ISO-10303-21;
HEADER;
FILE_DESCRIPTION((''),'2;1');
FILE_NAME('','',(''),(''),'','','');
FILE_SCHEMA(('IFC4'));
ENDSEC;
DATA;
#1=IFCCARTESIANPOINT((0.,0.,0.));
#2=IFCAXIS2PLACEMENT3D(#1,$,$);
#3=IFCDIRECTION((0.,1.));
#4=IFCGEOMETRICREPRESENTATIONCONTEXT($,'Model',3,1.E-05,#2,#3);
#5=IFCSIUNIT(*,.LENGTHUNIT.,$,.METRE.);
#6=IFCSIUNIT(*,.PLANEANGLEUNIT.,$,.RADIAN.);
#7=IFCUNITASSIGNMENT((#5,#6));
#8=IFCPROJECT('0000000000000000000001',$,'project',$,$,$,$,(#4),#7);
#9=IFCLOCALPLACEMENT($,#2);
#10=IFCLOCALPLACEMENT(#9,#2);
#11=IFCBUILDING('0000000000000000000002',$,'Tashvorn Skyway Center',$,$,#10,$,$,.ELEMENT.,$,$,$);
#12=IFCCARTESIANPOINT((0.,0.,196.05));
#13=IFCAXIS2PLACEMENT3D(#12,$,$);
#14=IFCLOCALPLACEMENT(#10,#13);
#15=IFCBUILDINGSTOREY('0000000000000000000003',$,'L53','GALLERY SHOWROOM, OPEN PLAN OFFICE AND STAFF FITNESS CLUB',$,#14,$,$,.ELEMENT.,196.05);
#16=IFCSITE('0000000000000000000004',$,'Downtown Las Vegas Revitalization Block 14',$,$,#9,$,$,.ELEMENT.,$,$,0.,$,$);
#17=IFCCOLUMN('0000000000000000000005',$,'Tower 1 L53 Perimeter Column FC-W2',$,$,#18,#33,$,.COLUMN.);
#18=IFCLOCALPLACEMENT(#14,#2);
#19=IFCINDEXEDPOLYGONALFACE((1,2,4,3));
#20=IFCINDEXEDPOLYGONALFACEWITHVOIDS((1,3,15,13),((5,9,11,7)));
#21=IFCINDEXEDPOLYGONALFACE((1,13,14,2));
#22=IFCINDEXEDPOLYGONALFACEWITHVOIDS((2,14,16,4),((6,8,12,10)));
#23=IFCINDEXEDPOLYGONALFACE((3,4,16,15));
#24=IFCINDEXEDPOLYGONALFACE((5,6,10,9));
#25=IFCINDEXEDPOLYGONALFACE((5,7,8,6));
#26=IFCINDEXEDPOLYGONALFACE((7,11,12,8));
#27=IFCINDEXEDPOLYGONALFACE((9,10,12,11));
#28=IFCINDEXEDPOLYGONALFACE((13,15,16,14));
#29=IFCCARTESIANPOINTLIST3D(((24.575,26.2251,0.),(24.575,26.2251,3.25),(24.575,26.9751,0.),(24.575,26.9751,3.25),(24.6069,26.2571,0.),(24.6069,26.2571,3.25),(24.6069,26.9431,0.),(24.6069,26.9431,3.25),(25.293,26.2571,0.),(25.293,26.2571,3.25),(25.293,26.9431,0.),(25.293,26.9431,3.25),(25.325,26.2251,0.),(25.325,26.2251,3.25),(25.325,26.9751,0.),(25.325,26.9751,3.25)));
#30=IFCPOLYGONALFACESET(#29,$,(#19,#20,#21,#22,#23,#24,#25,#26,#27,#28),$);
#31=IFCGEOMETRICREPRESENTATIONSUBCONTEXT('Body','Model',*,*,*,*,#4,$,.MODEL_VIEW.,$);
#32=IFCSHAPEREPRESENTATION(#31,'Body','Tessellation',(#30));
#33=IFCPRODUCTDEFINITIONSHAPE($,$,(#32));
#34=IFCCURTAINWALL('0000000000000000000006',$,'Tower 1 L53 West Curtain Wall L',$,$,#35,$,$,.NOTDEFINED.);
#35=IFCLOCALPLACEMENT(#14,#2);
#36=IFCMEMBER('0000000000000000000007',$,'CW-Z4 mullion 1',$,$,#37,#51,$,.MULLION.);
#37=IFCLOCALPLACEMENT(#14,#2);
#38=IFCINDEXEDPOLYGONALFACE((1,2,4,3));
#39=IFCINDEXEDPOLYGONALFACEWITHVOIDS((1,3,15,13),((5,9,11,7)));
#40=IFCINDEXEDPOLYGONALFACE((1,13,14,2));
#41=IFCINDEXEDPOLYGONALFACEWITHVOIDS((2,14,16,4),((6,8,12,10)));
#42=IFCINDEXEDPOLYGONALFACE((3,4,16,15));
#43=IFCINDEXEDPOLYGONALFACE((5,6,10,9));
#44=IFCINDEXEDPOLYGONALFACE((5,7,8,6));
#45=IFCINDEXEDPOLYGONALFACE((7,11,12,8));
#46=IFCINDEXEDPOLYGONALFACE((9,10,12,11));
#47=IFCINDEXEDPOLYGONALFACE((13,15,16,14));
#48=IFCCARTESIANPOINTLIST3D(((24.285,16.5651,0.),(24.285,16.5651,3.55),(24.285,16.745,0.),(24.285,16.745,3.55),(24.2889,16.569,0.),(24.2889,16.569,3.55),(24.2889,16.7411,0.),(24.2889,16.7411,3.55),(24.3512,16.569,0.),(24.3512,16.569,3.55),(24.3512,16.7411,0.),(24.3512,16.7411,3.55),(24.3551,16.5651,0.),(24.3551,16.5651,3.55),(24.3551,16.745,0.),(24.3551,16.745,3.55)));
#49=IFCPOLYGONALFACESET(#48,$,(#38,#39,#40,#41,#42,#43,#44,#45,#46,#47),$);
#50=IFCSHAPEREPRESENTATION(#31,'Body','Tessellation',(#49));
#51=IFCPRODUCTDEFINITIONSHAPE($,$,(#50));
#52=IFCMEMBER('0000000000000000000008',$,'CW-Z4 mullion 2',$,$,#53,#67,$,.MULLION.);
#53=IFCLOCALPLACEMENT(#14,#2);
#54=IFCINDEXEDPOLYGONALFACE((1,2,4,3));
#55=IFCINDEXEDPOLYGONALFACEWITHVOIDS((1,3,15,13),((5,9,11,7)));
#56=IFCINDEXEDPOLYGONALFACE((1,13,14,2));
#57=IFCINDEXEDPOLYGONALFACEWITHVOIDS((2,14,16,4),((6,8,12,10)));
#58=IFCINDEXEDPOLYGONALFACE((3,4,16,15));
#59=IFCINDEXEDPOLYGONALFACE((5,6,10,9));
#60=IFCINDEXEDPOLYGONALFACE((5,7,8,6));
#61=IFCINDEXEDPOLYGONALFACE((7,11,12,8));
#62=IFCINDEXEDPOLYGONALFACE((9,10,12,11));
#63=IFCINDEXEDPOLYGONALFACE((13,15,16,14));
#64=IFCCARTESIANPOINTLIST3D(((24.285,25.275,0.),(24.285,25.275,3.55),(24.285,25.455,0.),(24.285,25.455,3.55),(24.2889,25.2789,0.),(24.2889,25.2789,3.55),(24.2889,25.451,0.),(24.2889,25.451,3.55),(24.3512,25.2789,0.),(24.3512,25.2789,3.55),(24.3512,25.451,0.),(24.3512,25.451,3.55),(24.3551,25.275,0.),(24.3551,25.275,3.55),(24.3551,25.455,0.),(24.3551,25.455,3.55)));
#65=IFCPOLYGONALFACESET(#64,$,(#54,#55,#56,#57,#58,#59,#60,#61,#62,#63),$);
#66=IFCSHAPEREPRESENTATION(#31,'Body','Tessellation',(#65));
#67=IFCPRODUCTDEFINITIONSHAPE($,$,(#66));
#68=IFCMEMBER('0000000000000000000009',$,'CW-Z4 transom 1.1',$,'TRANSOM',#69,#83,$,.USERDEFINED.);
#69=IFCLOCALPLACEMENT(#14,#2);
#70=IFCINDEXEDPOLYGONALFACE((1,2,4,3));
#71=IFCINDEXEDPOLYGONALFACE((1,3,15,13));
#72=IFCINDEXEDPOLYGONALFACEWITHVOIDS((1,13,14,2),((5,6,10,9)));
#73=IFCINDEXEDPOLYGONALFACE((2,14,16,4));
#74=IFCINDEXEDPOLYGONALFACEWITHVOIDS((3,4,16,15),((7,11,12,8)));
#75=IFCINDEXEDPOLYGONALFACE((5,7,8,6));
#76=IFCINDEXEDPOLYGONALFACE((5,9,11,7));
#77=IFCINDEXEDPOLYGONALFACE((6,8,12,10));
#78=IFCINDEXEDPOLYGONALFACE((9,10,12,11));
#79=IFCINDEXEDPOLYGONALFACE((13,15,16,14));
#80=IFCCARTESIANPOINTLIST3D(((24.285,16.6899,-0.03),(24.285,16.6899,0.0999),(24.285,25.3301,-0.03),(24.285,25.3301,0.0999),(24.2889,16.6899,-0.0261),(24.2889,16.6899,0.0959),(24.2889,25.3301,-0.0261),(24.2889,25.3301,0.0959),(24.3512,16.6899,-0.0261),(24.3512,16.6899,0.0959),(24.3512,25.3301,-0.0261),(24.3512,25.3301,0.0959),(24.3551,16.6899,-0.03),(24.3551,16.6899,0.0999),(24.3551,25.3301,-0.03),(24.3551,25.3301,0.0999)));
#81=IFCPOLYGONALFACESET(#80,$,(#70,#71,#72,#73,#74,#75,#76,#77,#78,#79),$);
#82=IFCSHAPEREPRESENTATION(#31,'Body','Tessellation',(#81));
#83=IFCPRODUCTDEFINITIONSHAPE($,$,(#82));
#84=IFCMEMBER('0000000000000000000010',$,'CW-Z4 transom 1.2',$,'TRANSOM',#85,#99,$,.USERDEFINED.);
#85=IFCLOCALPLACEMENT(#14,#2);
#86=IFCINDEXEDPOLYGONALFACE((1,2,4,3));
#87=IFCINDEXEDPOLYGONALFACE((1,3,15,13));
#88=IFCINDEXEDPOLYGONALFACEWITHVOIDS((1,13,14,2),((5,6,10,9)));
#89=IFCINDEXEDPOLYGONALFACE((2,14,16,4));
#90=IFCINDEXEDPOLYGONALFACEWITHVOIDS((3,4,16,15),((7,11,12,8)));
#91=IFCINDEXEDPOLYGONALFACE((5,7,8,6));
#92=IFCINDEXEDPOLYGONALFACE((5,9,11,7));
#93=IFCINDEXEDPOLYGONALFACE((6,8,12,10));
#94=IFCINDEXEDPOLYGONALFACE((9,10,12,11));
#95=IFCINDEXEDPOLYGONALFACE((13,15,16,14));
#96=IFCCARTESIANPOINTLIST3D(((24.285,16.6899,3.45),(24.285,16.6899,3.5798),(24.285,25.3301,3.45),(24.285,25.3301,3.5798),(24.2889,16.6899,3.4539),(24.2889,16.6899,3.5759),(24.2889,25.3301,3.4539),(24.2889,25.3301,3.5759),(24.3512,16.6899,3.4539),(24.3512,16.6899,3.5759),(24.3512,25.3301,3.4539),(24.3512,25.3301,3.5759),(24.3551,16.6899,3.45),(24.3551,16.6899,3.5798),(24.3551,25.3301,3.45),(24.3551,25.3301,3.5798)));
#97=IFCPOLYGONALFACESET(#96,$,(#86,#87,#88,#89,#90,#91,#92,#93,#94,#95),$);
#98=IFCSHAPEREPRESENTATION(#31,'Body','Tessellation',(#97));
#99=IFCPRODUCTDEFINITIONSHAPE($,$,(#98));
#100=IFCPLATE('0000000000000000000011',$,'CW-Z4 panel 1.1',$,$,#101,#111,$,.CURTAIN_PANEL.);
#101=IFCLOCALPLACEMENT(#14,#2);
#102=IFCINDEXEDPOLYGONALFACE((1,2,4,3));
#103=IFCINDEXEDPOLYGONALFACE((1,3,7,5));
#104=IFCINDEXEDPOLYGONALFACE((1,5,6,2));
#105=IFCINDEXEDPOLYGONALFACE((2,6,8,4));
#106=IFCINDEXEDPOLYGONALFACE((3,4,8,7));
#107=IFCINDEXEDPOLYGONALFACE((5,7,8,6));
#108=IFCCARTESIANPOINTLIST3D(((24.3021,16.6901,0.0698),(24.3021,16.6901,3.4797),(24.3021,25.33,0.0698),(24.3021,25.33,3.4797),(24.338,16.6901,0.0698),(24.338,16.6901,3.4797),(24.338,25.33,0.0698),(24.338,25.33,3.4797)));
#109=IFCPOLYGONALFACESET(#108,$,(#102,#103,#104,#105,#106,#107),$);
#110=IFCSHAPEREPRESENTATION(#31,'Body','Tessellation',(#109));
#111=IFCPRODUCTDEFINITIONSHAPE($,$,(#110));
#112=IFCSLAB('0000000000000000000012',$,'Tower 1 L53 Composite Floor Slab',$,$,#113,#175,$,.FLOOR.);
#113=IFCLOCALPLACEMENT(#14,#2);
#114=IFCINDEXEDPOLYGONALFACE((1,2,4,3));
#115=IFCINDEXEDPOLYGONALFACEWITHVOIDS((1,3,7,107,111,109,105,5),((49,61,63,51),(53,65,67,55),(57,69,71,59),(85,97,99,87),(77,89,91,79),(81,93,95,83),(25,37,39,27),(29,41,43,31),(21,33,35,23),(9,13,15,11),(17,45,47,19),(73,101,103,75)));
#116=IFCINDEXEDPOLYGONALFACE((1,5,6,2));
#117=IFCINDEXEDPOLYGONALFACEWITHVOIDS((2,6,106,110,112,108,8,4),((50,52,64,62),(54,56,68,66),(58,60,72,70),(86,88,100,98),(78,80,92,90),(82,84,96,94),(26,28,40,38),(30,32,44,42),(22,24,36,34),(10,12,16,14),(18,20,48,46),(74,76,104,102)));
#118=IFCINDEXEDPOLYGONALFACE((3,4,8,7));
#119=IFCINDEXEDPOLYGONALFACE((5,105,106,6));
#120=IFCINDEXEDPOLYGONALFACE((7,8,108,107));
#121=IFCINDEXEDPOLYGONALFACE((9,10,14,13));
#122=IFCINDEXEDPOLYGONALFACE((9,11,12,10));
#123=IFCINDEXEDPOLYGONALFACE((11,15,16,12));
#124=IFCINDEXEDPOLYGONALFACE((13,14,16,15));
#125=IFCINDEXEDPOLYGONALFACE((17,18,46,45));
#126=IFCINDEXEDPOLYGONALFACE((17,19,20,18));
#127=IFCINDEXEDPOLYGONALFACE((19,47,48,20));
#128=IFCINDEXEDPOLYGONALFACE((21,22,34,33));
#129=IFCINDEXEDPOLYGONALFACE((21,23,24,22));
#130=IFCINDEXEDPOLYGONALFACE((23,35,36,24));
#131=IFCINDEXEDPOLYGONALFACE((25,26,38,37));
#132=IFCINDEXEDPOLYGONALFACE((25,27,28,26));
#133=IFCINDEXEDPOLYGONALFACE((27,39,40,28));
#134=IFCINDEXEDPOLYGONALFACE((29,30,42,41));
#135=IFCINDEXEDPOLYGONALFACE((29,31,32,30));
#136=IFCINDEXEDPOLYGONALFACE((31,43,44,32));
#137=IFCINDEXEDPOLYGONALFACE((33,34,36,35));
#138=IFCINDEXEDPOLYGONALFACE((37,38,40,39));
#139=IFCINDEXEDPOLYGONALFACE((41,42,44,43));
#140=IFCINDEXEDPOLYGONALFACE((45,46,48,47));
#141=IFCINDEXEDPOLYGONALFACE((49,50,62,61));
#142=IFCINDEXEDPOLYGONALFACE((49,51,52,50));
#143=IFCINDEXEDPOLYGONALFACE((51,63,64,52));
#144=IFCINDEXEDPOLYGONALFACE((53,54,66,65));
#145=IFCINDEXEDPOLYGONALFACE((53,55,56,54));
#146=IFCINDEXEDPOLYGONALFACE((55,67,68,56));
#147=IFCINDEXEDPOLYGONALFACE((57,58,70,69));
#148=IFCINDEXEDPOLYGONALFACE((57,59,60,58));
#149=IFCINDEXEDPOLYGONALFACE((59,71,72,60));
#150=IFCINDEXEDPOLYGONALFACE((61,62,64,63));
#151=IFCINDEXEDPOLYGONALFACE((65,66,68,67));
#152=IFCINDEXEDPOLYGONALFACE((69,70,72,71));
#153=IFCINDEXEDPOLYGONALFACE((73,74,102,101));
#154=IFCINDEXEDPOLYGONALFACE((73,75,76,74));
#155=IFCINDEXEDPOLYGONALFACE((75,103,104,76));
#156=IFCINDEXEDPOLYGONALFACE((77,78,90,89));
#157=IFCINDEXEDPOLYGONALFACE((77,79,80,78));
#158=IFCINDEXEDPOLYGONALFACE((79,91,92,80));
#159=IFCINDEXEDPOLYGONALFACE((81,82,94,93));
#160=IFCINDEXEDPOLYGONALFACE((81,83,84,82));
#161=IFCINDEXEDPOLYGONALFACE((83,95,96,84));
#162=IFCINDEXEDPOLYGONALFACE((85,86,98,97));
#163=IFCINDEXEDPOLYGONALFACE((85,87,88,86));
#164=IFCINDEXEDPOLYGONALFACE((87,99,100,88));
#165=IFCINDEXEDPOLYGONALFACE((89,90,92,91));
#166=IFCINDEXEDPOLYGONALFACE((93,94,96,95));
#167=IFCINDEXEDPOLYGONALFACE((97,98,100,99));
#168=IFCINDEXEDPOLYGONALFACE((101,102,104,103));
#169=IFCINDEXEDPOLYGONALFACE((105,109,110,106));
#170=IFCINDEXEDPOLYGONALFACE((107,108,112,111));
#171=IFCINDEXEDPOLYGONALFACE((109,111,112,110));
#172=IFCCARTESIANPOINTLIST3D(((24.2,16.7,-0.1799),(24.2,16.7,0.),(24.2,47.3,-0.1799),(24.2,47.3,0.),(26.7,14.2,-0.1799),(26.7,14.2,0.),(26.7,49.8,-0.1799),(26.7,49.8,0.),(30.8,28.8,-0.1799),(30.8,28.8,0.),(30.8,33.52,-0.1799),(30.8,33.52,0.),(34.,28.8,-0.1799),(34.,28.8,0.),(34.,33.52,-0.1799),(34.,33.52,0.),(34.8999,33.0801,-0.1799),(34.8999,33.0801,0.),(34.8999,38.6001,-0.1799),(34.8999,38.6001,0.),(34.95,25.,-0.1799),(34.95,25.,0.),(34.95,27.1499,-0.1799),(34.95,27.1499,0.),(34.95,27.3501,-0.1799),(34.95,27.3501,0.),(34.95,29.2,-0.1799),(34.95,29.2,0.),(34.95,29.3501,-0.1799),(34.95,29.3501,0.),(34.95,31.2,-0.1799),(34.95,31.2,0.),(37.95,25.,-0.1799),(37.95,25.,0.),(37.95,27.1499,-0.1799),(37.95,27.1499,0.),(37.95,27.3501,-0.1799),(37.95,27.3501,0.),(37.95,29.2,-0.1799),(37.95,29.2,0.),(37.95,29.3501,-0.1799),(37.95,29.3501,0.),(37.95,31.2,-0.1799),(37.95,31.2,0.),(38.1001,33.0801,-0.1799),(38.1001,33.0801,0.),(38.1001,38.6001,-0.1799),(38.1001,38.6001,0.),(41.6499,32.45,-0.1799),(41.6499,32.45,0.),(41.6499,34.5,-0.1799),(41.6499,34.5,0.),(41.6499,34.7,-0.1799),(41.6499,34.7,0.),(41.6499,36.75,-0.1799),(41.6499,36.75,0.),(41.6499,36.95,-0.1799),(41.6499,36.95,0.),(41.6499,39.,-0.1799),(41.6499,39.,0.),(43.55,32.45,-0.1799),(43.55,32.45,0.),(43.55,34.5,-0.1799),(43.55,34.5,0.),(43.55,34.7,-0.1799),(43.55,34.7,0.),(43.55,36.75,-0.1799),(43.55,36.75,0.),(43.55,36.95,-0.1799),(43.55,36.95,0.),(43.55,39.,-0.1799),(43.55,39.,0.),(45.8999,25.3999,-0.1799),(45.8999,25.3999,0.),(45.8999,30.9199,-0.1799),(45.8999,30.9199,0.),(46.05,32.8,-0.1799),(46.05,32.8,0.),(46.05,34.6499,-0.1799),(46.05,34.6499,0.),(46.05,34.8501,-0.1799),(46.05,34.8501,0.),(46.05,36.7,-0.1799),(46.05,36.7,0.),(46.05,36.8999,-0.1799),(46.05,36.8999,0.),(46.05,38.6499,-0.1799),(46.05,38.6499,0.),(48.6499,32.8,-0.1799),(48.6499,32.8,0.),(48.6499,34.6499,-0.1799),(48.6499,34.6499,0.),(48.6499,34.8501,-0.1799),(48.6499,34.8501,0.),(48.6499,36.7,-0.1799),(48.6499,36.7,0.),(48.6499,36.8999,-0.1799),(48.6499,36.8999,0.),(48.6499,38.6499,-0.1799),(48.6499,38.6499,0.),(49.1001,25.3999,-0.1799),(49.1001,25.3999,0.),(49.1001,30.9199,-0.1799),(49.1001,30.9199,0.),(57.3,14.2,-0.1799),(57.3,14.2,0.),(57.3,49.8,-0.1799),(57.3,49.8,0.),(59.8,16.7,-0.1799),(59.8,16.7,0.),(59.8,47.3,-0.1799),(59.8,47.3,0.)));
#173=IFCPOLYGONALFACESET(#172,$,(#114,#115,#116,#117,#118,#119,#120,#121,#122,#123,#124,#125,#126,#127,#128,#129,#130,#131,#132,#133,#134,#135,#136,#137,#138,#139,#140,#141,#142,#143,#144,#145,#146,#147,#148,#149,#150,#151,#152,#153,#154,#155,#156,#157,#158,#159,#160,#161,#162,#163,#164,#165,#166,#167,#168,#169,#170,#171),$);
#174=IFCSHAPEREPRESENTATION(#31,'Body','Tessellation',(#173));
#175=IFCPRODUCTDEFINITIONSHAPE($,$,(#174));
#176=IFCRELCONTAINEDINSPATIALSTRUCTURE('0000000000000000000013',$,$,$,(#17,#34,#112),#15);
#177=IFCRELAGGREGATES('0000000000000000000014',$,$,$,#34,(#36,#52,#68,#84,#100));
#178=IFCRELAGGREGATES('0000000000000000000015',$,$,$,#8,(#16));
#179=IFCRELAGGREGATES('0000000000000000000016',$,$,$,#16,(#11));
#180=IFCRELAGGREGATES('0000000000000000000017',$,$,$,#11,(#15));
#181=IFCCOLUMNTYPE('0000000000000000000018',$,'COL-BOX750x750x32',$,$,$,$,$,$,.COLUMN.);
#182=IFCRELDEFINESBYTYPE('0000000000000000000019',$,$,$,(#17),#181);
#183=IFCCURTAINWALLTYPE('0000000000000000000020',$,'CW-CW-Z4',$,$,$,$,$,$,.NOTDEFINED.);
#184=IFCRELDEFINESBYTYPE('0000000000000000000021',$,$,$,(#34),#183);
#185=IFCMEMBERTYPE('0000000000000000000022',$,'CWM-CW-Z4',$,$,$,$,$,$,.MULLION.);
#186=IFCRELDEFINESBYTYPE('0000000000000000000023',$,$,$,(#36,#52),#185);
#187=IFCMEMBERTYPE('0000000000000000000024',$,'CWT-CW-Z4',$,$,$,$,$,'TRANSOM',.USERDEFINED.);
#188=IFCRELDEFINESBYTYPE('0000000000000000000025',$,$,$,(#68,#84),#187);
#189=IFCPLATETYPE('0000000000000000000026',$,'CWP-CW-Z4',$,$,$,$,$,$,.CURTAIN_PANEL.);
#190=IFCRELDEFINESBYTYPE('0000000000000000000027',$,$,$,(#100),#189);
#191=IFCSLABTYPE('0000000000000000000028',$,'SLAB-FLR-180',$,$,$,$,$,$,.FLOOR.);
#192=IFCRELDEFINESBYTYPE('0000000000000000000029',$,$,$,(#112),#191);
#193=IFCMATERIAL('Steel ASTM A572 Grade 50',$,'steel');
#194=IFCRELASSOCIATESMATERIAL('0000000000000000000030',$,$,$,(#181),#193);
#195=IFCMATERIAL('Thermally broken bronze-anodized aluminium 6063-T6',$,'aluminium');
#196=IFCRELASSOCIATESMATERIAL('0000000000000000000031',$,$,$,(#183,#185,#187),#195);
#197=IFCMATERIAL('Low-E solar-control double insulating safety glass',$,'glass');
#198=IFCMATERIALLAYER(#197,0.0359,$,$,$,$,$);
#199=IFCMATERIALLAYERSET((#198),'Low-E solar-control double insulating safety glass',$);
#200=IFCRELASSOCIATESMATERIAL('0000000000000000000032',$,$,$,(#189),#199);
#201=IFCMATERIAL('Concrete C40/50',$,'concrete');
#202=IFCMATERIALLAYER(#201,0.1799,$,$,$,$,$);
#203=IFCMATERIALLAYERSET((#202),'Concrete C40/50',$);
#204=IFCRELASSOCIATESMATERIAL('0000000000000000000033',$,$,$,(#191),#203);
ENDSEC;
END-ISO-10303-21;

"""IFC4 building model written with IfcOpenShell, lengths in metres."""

from ifc_helpers import new_model, si_unit, direction, frame, origin, origin_2d, place, context, subcontext, project, spatial, polyline, rectangle, hollow_rectangle, outline, extrude, material, layer, layer_set, material_profile, profile_set, type_object, element, aggregate, save


model = new_model("IFC4")

# Units and contexts
model_context = context("Model", 3, precision=1e-05, world=origin(), true_north=direction((0.0, 1.0)))
body_context = subcontext(model_context, "Body", "Model", "MODEL_VIEW")
ifc_project = project(units=[si_unit("LENGTHUNIT", "METRE"), si_unit("PLANEANGLEUNIT", "RADIAN")], contexts=[model_context])

# Site, building, storey
site_placement = place(None, origin())
site = spatial("IfcSite", under=ifc_project, at=site_placement, Name="Downtown Las Vegas Revitalization Block 14", CompositionType="ELEMENT", RefElevation=0.0)
building_placement = place(site_placement, origin())
building = spatial("IfcBuilding", under=site, at=building_placement, Name="Tashvorn Skyway Center", CompositionType="ELEMENT")
storey_placement = place(building_placement, frame((0.0, 0.0, 196.05)))
storey = spatial("IfcBuildingStorey", under=building, at=storey_placement, Name="L53", Description="GALLERY SHOWROOM, OPEN PLAN OFFICE AND STAFF FITNESS CLUB", CompositionType="ELEMENT", Elevation=196.05)

# Column
ifc_material_1 = material(Name="Steel ASTM A572 Grade 50", Category="steel")
ifc_material_profile_1 = material_profile(ifc_material_1, hollow_rectangle(XDim=0.75, YDim=0.75, WallThickness=0.032, at=origin_2d()), Name="BOX750x750x32")
ifc_profile_set_1 = profile_set([ifc_material_profile_1], Name="Steel ASTM A572 Grade 50")
column_type = type_object("IfcColumnType", Name="COL-BOX750x750x32", PredefinedType="COLUMN", material=ifc_profile_set_1)
column_placement = place(storey_placement, frame((24.95, 26.6001, 0.0), z_axis=(0.0, 0.0, 1.0), x_axis=(1.0, 0.0, 0.0)))
element("IfcColumn", 1, at=column_placement, inside=storey, type_object=column_type, Name="Tower 1 L53 Perimeter Column FC-W2", PredefinedType="COLUMN", context=body_context, shape_type="SweptSolid", body=[
    extrude(hollow_rectangle(XDim=0.75, YDim=0.75, WallThickness=0.032, at=origin_2d()), origin(), (0.0, 0.0, 1.0), 3.25),
])

# Curtain wall, members, plate
ifc_material_2 = material(Name="Thermally broken bronze-anodized aluminium 6063-T6", Category="aluminium")
curtain_wall_type = type_object("IfcCurtainWallType", Name="CW-CW-Z4", PredefinedType="NOTDEFINED", material=ifc_material_2)
curtain_wall_placement = place(storey_placement, origin())
curtain_wall = element("IfcCurtainWall", 2, at=curtain_wall_placement, inside=storey, type_object=curtain_wall_type, Name="Tower 1 L53 West Curtain Wall L", PredefinedType="NOTDEFINED")
ifc_material_profile_2 = material_profile(ifc_material_2, hollow_rectangle(XDim=0.0701, YDim=0.1799, WallThickness=0.0039, at=origin_2d()), Name="ALU-MULL-70x180")
ifc_profile_set_2 = profile_set([ifc_material_profile_2], Name="Thermally broken bronze-anodized aluminium 6063-T6")
member_type_1 = type_object("IfcMemberType", Name="CWM-CW-Z4", PredefinedType="MULLION", material=ifc_profile_set_2)
member_1_placement = place(storey_placement, frame((24.3201, 16.655, 0.0), z_axis=(0.0, 0.0, 1.0), x_axis=(-1.0, 0.0, 0.0)))
member_1 = element("IfcMember", 3, at=member_1_placement, type_object=member_type_1, Name="CW-Z4 mullion 1", PredefinedType="MULLION", context=body_context, shape_type="SweptSolid", body=[
    extrude(hollow_rectangle(XDim=0.0701, YDim=0.1799, WallThickness=0.0039, at=origin_2d()), origin(), (0.0, 0.0, 1.0), 3.55),
])
member_2_placement = place(storey_placement, frame((24.3201, 25.365, 0.0), z_axis=(0.0, 0.0, 1.0), x_axis=(-1.0, 0.0, 0.0)))
member_2 = element("IfcMember", 4, at=member_2_placement, type_object=member_type_1, Name="CW-Z4 mullion 2", PredefinedType="MULLION", context=body_context, shape_type="SweptSolid", body=[
    extrude(hollow_rectangle(XDim=0.0701, YDim=0.1799, WallThickness=0.0039, at=origin_2d()), origin(), (0.0, 0.0, 1.0), 3.55),
])
ifc_material_profile_3 = material_profile(ifc_material_2, hollow_rectangle(XDim=0.0701, YDim=0.1299, WallThickness=0.0039, at=origin_2d()), Name="ALU-TRAN-70x130")
ifc_profile_set_3 = profile_set([ifc_material_profile_3], Name="Thermally broken bronze-anodized aluminium 6063-T6")
member_type_2 = type_object("IfcMemberType", Name="CWT-CW-Z4", ElementType="TRANSOM", PredefinedType="USERDEFINED", material=ifc_profile_set_3)
member_3_placement = place(storey_placement, frame((24.3201, 16.6899, 0.0349), z_axis=(0.0, 1.0, 0.0), x_axis=(-1.0, 0.0, 0.0)))
member_3 = element("IfcMember", 5, at=member_3_placement, type_object=member_type_2, Name="CW-Z4 transom 1.1", ObjectType="TRANSOM", PredefinedType="USERDEFINED", context=body_context, shape_type="SweptSolid", body=[
    extrude(hollow_rectangle(XDim=0.0701, YDim=0.1299, WallThickness=0.0039, at=origin_2d()), origin(), (0.0, 0.0, 1.0), 8.6401),
])
member_4_placement = place(storey_placement, frame((24.3201, 16.6899, 3.5149), z_axis=(0.0, 1.0, 0.0), x_axis=(-1.0, 0.0, 0.0)))
member_4 = element("IfcMember", 6, at=member_4_placement, type_object=member_type_2, Name="CW-Z4 transom 1.2", ObjectType="TRANSOM", PredefinedType="USERDEFINED", context=body_context, shape_type="SweptSolid", body=[
    extrude(hollow_rectangle(XDim=0.0701, YDim=0.1299, WallThickness=0.0039, at=origin_2d()), origin(), (0.0, 0.0, 1.0), 8.6401),
])
ifc_material_3 = material(Name="Low-E solar-control double insulating safety glass", Category="glass")
ifc_layer_1 = layer(ifc_material_3, 0.0359)
ifc_layer_set_1 = layer_set([ifc_layer_1], Name="Low-E solar-control double insulating safety glass")
plate_type = type_object("IfcPlateType", Name="CWP-CW-Z4", PredefinedType="CURTAIN_PANEL", material=ifc_layer_set_1)
plate_placement = place(storey_placement, frame((24.3201, 21.01, 0.0698), z_axis=(0.0, 0.0, 1.0), x_axis=(0.0, 1.0, 0.0)))
plate = element("IfcPlate", 7, at=plate_placement, type_object=plate_type, Name="CW-Z4 panel 1.1", PredefinedType="CURTAIN_PANEL", context=body_context, shape_type="SweptSolid", body=[
    extrude(rectangle(XDim=8.6399, YDim=0.0359, at=origin_2d()), origin(), (0.0, 0.0, 1.0), 3.4099),
])
aggregate(curtain_wall, [member_1, member_2, member_3, member_4, plate])

# Slab
ifc_material_4 = material(Name="Concrete C40/50", Category="concrete")
ifc_layer_2 = layer(ifc_material_4, 0.1799)
ifc_layer_set_2 = layer_set([ifc_layer_2], Name="Concrete C40/50")
slab_type_1 = type_object("IfcSlabType", Name="SLAB-FLR-180", PredefinedType="FLOOR", material=ifc_layer_set_2)
slab_1_placement = place(storey_placement, frame((0.0, 0.0, -0.1799)))
element("IfcSlab", 8, at=slab_1_placement, inside=storey, type_object=slab_type_1, Name="Tower 1 L53 Composite Floor Slab", PredefinedType="FLOOR", context=body_context, shape_type="SweptSolid", body=[
    extrude(outline(polyline([(26.7, 14.2), (57.3, 14.2), (59.8, 16.7), (59.8, 47.3), (57.3, 49.8), (26.7, 49.8), (24.2, 47.3), (24.2, 16.7), (26.7, 14.2)]), holes=[polyline([(38.1001, 33.0801), (38.1001, 38.6001), (34.8999, 38.6001), (34.8999, 33.0801), (38.1001, 33.0801)]), polyline([(45.8999, 30.9199), (45.8999, 25.3999), (49.1001, 25.3999), (49.1001, 30.9199), (45.8999, 30.9199)]), polyline([(30.8, 33.52), (30.8, 28.8), (34.0, 28.8), (34.0, 33.52), (30.8, 33.52)]), polyline([(34.95, 29.3501), (37.95, 29.3501), (37.95, 31.2), (34.95, 31.2), (34.95, 29.3501)]), polyline([(34.95, 27.3501), (37.95, 27.3501), (37.95, 29.2), (34.95, 29.2), (34.95, 27.3501)]), polyline([(34.95, 25.0), (37.95, 25.0), (37.95, 27.1499), (34.95, 27.1499), (34.95, 25.0)]), polyline([(41.6499, 32.45), (43.55, 32.45), (43.55, 34.5), (41.6499, 34.5), (41.6499, 32.45)]), polyline([(41.6499, 34.7), (43.55, 34.7), (43.55, 36.75), (41.6499, 36.75), (41.6499, 34.7)]), polyline([(41.6499, 36.95), (43.55, 36.95), (43.55, 39.0), (41.6499, 39.0), (41.6499, 36.95)]), polyline([(46.05, 32.8), (48.6499, 32.8), (48.6499, 34.6499), (46.05, 34.6499), (46.05, 32.8)]), polyline([(46.05, 34.8501), (48.6499, 34.8501), (48.6499, 36.7), (46.05, 36.7), (46.05, 34.8501)]), polyline([(46.05, 36.8999), (48.6499, 36.8999), (48.6499, 38.6499), (46.05, 38.6499), (46.05, 36.8999)])]), origin(), (0.0, 0.0, 1.0), 0.1799),
])

save(model, "model.ifc")
